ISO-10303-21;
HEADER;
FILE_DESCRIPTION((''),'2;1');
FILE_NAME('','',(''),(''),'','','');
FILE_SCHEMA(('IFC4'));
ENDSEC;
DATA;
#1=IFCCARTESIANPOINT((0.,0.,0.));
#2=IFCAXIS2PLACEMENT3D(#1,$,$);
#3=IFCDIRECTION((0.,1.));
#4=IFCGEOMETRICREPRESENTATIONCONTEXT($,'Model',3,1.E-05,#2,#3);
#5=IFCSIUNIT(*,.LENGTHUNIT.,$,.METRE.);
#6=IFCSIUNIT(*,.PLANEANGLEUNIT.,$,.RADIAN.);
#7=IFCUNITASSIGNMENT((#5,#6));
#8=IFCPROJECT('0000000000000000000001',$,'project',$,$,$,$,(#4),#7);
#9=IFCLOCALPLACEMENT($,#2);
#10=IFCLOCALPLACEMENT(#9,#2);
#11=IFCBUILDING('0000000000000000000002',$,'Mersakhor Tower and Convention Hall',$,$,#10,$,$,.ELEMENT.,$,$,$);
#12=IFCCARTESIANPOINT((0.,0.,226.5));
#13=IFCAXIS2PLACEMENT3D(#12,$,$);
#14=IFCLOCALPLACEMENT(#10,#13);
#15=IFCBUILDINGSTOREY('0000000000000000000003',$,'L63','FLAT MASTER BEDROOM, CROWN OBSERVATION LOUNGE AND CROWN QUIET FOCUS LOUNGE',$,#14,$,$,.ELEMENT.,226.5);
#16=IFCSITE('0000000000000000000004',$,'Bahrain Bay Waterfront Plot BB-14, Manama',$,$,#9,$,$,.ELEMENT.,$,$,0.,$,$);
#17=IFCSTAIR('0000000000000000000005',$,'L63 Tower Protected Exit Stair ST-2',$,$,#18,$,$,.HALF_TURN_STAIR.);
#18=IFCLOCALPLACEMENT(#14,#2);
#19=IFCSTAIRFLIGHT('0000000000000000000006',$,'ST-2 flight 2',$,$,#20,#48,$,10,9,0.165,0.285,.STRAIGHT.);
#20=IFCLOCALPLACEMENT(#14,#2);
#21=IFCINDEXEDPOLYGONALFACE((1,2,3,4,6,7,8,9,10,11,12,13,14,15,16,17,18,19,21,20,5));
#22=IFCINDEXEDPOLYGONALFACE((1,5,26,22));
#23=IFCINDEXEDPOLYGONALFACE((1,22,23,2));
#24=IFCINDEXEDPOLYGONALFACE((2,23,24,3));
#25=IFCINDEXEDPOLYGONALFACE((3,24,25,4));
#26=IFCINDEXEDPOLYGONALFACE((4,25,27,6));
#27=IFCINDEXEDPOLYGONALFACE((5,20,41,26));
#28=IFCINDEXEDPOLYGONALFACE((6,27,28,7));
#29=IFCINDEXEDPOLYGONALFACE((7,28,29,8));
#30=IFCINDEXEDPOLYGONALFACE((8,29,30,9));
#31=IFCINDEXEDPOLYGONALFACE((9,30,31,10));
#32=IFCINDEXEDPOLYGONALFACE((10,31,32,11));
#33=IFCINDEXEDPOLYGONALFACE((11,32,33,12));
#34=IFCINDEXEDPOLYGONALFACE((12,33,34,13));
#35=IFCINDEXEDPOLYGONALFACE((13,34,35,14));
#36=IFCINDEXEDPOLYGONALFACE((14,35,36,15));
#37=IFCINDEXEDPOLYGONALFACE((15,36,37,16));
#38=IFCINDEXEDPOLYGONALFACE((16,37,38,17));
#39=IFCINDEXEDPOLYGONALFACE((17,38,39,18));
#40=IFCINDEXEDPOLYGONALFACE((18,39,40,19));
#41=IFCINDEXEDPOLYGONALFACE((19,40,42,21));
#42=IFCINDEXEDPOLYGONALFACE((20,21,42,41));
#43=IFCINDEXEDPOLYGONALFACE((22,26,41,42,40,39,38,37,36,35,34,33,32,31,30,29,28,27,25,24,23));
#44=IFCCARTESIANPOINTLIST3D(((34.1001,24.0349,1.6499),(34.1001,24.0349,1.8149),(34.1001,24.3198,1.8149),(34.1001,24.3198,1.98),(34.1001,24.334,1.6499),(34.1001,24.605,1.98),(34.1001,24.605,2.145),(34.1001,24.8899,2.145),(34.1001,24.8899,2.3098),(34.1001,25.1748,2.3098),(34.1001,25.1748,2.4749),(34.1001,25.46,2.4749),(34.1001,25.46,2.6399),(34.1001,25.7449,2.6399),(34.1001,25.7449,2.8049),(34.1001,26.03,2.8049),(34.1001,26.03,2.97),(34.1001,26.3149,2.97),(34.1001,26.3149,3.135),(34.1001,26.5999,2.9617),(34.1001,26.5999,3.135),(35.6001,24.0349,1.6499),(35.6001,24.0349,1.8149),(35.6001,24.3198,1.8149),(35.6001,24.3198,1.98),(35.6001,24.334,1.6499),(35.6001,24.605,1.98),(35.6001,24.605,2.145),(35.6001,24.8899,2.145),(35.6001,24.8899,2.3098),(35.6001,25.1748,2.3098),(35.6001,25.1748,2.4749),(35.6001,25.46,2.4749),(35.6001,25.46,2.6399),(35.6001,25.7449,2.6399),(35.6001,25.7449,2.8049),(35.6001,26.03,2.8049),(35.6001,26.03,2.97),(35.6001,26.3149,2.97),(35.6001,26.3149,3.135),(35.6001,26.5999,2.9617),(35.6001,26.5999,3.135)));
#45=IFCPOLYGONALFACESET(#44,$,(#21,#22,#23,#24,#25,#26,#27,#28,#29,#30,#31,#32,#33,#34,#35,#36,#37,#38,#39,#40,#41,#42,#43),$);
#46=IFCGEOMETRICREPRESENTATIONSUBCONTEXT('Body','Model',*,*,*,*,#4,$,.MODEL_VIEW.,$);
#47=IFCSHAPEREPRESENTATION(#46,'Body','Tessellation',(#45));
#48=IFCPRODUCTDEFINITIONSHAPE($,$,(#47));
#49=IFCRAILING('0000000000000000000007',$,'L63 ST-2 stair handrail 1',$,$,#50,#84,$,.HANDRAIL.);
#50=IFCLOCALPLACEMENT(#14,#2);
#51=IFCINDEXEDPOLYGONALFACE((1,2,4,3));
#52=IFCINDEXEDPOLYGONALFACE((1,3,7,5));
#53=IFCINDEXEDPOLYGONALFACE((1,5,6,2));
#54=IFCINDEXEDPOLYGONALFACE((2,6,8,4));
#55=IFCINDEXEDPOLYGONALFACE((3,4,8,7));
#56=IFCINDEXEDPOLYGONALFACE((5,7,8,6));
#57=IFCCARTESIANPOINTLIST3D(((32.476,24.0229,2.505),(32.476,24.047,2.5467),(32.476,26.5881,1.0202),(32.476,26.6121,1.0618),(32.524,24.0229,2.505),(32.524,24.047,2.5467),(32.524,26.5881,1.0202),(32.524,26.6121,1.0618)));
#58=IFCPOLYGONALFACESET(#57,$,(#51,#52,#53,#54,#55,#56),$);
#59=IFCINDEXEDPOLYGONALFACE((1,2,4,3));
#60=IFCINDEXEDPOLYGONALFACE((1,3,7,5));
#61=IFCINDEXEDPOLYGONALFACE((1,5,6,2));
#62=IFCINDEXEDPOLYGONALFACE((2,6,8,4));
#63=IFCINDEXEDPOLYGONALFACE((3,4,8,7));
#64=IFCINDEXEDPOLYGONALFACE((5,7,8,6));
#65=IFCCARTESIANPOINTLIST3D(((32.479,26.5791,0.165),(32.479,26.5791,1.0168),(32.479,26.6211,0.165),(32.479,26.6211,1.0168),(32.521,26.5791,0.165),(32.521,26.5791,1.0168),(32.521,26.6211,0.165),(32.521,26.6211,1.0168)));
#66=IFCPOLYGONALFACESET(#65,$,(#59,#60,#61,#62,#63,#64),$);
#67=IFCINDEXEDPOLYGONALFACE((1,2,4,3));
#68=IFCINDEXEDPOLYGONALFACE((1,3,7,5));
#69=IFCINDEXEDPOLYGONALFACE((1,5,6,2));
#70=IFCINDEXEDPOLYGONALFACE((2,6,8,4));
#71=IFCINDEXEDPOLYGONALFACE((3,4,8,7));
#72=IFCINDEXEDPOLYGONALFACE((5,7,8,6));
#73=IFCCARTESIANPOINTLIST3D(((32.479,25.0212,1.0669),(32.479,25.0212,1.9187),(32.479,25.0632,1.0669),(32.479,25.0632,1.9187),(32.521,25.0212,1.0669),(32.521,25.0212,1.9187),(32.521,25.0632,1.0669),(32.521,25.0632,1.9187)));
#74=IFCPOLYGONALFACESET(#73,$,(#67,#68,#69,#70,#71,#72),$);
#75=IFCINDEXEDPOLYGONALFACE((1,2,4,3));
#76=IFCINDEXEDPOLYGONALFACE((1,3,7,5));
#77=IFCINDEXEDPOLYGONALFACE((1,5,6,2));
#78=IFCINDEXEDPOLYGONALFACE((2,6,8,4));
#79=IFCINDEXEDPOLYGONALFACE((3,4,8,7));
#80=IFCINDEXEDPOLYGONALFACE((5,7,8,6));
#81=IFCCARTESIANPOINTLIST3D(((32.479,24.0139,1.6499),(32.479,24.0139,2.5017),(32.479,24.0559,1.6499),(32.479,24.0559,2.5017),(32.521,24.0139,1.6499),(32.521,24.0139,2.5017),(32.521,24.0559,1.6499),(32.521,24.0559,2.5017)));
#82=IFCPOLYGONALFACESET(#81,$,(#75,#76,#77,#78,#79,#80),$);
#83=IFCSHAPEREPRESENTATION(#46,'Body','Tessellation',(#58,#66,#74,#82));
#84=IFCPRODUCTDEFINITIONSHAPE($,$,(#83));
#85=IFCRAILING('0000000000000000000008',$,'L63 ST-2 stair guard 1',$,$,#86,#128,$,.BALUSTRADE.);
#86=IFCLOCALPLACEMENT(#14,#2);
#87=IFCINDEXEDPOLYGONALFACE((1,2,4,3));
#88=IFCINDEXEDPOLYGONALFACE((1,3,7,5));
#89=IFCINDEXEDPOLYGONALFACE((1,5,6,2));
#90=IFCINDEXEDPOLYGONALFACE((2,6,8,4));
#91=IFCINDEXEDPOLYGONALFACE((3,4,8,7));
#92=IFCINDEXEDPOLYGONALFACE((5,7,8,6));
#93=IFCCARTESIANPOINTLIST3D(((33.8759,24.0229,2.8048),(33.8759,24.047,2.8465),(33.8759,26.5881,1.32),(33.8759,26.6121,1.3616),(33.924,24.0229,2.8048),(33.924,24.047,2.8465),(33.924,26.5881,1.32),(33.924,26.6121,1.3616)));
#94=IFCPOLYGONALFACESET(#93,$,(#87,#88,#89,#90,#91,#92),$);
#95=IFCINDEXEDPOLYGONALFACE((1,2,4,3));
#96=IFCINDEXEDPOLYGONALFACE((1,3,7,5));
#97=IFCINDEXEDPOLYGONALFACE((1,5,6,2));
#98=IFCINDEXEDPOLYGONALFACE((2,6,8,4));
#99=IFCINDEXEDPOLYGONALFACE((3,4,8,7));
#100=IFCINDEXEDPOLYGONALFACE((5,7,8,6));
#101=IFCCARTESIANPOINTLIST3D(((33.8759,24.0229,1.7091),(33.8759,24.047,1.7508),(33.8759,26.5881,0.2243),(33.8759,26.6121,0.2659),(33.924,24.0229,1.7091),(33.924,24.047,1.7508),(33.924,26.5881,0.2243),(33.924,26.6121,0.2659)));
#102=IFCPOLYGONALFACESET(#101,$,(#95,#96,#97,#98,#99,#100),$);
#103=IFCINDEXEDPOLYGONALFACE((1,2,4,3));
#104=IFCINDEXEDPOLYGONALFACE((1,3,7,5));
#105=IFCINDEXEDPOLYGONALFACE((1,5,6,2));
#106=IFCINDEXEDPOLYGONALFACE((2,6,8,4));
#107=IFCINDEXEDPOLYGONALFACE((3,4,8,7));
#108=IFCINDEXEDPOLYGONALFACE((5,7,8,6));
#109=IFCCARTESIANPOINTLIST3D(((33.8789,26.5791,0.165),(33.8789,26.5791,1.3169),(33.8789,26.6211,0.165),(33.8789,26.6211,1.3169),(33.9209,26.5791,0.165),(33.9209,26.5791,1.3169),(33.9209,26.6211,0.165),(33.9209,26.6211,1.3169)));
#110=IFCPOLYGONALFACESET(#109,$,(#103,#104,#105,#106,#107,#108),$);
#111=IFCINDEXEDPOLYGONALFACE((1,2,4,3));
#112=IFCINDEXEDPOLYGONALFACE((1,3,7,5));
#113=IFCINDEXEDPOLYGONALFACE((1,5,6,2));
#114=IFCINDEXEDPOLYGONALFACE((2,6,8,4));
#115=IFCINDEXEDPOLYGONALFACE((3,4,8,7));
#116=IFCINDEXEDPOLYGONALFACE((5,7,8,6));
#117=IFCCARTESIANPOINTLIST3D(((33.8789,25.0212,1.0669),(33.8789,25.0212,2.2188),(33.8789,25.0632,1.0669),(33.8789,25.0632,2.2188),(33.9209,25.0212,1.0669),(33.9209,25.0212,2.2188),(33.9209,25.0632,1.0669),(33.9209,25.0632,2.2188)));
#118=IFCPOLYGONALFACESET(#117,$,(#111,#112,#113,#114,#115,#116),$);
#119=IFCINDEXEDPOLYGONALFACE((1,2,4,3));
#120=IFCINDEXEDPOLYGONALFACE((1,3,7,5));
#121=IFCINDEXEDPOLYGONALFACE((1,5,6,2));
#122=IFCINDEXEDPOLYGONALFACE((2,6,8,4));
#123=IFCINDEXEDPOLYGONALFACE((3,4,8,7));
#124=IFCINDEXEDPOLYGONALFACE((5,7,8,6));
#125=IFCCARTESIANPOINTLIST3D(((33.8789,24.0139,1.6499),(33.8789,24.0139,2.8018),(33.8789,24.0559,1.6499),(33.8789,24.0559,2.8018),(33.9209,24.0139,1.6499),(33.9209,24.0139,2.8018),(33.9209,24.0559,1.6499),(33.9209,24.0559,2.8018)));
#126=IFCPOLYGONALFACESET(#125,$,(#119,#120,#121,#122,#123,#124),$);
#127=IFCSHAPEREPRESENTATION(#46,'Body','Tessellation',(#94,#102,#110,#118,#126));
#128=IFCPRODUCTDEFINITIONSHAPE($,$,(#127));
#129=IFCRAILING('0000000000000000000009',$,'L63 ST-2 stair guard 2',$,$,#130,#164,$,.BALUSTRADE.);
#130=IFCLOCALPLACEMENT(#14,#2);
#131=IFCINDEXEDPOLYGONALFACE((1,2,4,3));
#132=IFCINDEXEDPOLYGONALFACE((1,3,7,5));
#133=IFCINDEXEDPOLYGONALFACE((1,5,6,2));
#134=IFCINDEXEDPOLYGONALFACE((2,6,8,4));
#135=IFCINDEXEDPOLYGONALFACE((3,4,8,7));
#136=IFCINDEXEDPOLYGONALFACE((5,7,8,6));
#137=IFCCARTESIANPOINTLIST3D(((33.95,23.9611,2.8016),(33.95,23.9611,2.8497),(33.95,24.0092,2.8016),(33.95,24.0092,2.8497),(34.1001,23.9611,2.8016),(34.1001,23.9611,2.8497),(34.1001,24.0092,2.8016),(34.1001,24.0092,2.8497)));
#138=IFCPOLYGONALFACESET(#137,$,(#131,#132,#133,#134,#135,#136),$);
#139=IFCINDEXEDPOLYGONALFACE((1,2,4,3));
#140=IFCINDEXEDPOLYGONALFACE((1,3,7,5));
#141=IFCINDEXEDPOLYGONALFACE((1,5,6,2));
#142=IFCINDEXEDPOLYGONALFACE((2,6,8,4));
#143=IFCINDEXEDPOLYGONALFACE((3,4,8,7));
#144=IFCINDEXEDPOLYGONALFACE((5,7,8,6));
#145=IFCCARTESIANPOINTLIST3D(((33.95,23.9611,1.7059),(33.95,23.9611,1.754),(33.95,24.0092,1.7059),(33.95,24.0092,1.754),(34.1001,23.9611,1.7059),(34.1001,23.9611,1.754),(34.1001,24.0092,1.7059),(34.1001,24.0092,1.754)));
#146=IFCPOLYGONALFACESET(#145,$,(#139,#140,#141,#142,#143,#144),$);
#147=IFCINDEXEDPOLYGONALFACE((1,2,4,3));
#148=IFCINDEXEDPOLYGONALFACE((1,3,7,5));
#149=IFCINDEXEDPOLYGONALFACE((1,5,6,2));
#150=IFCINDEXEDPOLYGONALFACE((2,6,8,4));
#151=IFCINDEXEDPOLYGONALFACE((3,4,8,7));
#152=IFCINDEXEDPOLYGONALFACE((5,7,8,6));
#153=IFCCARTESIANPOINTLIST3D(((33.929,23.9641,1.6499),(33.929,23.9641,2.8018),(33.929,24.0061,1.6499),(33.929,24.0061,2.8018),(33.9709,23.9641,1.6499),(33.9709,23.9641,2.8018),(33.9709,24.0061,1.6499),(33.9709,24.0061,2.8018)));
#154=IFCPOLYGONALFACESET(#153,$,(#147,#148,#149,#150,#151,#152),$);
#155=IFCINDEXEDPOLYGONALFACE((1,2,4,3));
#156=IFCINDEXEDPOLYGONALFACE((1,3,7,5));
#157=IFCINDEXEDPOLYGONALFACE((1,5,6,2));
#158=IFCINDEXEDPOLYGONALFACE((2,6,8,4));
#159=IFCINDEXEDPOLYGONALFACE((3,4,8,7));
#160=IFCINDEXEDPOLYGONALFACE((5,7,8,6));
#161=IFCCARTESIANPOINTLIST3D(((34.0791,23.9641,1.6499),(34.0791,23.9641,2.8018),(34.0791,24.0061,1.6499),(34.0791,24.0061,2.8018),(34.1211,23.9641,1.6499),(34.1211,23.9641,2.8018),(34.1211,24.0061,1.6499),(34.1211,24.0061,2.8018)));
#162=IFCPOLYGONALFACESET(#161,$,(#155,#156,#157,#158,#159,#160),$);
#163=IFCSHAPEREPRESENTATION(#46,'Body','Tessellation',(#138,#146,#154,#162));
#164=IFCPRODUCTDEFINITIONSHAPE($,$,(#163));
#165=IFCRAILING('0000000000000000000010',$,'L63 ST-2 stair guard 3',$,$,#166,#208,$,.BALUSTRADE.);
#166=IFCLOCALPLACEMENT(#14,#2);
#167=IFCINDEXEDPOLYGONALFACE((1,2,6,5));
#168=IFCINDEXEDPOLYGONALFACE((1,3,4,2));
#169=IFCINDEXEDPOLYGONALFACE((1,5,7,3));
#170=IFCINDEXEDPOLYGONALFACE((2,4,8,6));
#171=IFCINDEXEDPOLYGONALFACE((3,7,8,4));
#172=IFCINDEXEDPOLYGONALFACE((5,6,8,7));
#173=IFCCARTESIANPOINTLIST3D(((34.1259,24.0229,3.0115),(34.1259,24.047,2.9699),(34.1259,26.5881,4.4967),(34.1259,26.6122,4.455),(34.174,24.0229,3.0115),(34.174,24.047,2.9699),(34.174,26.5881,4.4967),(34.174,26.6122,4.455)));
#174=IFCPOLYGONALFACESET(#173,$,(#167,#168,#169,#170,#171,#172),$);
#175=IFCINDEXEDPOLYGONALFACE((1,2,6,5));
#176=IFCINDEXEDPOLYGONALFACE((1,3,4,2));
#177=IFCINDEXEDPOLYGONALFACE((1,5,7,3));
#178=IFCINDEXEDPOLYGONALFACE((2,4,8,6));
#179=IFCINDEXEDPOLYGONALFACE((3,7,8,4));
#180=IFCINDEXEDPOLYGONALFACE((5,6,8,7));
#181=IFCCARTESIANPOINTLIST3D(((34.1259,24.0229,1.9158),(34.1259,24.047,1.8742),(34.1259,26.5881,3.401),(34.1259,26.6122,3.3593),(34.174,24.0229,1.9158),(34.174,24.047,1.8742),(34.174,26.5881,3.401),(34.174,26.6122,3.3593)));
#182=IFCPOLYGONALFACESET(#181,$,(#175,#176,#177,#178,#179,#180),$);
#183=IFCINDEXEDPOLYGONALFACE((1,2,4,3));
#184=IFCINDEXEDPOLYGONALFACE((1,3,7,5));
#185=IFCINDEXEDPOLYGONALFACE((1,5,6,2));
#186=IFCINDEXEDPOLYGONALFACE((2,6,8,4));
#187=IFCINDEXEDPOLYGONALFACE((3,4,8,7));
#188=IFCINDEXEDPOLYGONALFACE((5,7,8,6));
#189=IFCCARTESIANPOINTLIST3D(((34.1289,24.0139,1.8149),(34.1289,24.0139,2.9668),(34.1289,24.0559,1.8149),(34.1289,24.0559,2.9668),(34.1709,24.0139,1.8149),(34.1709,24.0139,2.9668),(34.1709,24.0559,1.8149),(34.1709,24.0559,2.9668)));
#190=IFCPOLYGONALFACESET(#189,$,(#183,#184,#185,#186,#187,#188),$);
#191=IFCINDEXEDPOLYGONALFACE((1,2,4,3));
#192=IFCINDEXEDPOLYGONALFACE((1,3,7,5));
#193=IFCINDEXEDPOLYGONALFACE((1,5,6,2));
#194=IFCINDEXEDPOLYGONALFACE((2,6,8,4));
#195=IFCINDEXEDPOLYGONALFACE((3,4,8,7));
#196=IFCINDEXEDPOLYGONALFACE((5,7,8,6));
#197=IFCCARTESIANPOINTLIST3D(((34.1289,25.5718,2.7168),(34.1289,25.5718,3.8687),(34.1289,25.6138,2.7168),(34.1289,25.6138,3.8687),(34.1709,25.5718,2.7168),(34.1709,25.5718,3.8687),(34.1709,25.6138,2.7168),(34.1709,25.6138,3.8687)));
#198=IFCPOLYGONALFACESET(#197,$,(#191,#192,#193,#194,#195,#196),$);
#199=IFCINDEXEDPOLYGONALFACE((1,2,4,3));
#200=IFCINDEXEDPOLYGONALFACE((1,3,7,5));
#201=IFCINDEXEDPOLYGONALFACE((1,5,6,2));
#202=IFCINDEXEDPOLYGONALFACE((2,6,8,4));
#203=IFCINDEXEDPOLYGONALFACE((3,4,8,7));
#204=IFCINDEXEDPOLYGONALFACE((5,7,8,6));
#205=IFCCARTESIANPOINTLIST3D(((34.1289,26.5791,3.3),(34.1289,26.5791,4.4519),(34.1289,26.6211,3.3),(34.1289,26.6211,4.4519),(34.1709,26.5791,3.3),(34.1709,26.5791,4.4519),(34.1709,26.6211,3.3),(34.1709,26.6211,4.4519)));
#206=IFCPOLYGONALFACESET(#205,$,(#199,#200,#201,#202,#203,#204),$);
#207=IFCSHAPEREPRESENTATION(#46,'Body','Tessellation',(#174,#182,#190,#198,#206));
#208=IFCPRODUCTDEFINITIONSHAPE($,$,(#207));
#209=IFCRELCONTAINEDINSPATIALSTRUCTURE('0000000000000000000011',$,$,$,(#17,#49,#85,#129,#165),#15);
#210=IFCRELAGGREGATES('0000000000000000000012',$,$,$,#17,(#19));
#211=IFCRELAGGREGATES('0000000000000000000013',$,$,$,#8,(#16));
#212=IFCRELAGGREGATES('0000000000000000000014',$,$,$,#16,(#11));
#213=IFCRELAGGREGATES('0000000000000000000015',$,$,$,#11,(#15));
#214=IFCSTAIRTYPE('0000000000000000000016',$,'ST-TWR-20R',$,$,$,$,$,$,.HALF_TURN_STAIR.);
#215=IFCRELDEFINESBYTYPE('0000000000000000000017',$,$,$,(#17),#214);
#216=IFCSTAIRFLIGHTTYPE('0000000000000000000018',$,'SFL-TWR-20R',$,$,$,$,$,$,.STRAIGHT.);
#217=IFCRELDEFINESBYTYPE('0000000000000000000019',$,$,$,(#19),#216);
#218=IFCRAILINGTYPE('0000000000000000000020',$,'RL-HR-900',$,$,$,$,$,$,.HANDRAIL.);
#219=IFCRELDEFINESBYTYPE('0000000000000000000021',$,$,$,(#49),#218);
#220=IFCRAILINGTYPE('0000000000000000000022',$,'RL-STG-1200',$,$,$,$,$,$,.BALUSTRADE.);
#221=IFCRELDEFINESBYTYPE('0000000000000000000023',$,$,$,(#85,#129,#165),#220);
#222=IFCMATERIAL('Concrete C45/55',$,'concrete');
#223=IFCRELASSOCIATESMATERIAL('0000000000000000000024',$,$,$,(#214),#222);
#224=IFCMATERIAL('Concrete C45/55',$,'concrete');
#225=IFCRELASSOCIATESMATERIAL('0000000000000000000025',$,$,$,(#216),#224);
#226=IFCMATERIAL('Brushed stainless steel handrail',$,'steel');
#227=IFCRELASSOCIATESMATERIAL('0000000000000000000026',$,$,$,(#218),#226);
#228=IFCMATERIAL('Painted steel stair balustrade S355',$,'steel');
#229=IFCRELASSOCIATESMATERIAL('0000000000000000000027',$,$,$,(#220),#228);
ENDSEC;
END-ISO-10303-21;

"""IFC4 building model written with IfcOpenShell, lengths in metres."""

from ifc_helpers import new_model, si_unit, direction, frame, origin, origin_2d, place, context, subcontext, project, spatial, polyline, rectangle, outline, extrude, material, type_object, element, aggregate, save


model = new_model("IFC4")

# Units and contexts
model_context = context("Model", 3, precision=1e-05, world=origin(), true_north=direction((0.0, 1.0)))
body_context = subcontext(model_context, "Body", "Model", "MODEL_VIEW")
ifc_project = project(units=[si_unit("LENGTHUNIT", "METRE"), si_unit("PLANEANGLEUNIT", "RADIAN")], contexts=[model_context])

# Site, building, storey
site_placement = place(None, origin())
site = spatial("IfcSite", under=ifc_project, at=site_placement, Name="Bahrain Bay Waterfront Plot BB-14, Manama", CompositionType="ELEMENT", RefElevation=0.0)
building_placement = place(site_placement, origin())
building = spatial("IfcBuilding", under=site, at=building_placement, Name="Mersakhor Tower and Convention Hall", CompositionType="ELEMENT")
storey_placement = place(building_placement, frame((0.0, 0.0, 226.5)))
storey = spatial("IfcBuildingStorey", under=building, at=storey_placement, Name="L63", Description="FLAT MASTER BEDROOM, CROWN OBSERVATION LOUNGE AND CROWN QUIET FOCUS LOUNGE", CompositionType="ELEMENT", Elevation=226.5)

# Stair, stair flight
ifc_material_1 = material(Name="Concrete C45/55", Category="concrete")
stair_type = type_object("IfcStairType", Name="ST-TWR-20R", PredefinedType="HALF_TURN_STAIR", material=ifc_material_1)
stair_placement = place(storey_placement, origin())
stair = element("IfcStair", 1, at=stair_placement, inside=storey, type_object=stair_type, Name="L63 Tower Protected Exit Stair ST-2", PredefinedType="HALF_TURN_STAIR")
ifc_material_2 = material(Name="Concrete C45/55", Category="concrete")
stair_flight_type = type_object("IfcStairFlightType", Name="SFL-TWR-20R", PredefinedType="STRAIGHT", material=ifc_material_2)
stair_flight_1_placement = place(storey_placement, frame((34.8501, 24.0349, 1.6499), z_axis=(0.0, 0.0, 1.0), x_axis=(0.0, 1.0, 0.0)))
stair_flight_1 = element("IfcStairFlight", 2, at=stair_flight_1_placement, type_object=stair_flight_type, Name="ST-2 flight 2", NumberOfRisers=10, NumberOfTreads=9, PredefinedType="STRAIGHT", RiserHeight=0.165, TreadLength=0.285, context=body_context, shape_type="SweptSolid", body=[
    extrude(outline(polyline([(0.0, 0.0), (0.0, 0.165), (0.2849, 0.165), (0.2849, 0.3301), (0.5701, 0.3301), (0.5701, 0.4951), (0.855, 0.4951), (0.855, 0.6599), (1.1399, 0.6599), (1.1399, 0.825), (1.425, 0.825), (1.425, 0.99), (1.71, 0.99), (1.71, 1.155), (1.9951, 1.155), (1.9951, 1.3201), (2.28, 1.3201), (2.28, 1.4851), (2.5649, 1.4851), (2.5649, 1.6499), (2.5649, 1.3118), (0.2991, 0.0), (0.0, 0.0)])), frame((0.0, 0.75, 0.0), z_axis=(0.0, -1.0, 0.0), x_axis=(1.0, 0.0, 0.0)), (0.0, 0.0, 1.0), 1.5),
])
aggregate(stair, [stair_flight_1])

# Railings
ifc_material_3 = material(Name="Brushed stainless steel handrail", Category="steel")
railing_type_1 = type_object("IfcRailingType", Name="RL-HR-900", PredefinedType="HANDRAIL", material=ifc_material_3)
railing_1_placement = place(storey_placement, frame((32.5, 26.6001, 0.165)))
element("IfcRailing", 3, at=railing_1_placement, inside=storey, type_object=railing_type_1, Name="L63 ST-2 stair handrail 1", PredefinedType="HANDRAIL", context=body_context, shape_type="SweptSolid", body=[
    extrude(rectangle(XDim=0.0481, YDim=0.0481, at=origin_2d()), frame((0.0, 0.0, 0.876), z_axis=(0.0, -0.865462, 0.500975), x_axis=(1.0, 0.0, 0.0)), (0.0, 0.0, 1.0), 2.9639),
    extrude(rectangle(XDim=0.042, YDim=0.042, at=origin_2d()), origin(), (0.0, 0.0, 1.0), 0.8518),
    extrude(rectangle(XDim=0.042, YDim=0.042, at=origin_2d()), frame((0.0, -1.5579, 0.9019)), (0.0, 0.0, 1.0), 0.8518),
    extrude(rectangle(XDim=0.042, YDim=0.042, at=origin_2d()), frame((0.0, -2.5652, 1.4849)), (0.0, 0.0, 1.0), 0.8518),
])
ifc_material_4 = material(Name="Painted steel stair balustrade S355", Category="steel")
railing_type_2 = type_object("IfcRailingType", Name="RL-STG-1200", PredefinedType="BALUSTRADE", material=ifc_material_4)
railing_2_placement = place(storey_placement, frame((33.8999, 26.6001, 0.165)))
element("IfcRailing", 4, at=railing_2_placement, inside=storey, type_object=railing_type_2, Name="L63 ST-2 stair guard 1", PredefinedType="BALUSTRADE", context=body_context, shape_type="SweptSolid", body=[
    extrude(rectangle(XDim=0.0481, YDim=0.0481, at=origin_2d()), frame((0.0, 0.0, 1.1758), z_axis=(0.0, -0.865462, 0.500975), x_axis=(1.0, 0.0, 0.0)), (0.0, 0.0, 1.0), 2.9639),
    extrude(rectangle(XDim=0.0481, YDim=0.0481, at=origin_2d()), frame((0.0, 0.0, 0.0801), z_axis=(0.0, -0.865462, 0.500975), x_axis=(1.0, 0.0, 0.0)), (0.0, 0.0, 1.0), 2.9639),
    extrude(rectangle(XDim=0.042, YDim=0.042, at=origin_2d()), origin(), (0.0, 0.0, 1.0), 1.1519),
    extrude(rectangle(XDim=0.042, YDim=0.042, at=origin_2d()), frame((0.0, -1.5579, 0.9019)), (0.0, 0.0, 1.0), 1.1519),
    extrude(rectangle(XDim=0.042, YDim=0.042, at=origin_2d()), frame((0.0, -2.5652, 1.4849)), (0.0, 0.0, 1.0), 1.1519),
])
railing_3_placement = place(storey_placement, frame((33.95, 23.9851, 1.6499)))
element("IfcRailing", 5, at=railing_3_placement, inside=storey, type_object=railing_type_2, Name="L63 ST-2 stair guard 2", PredefinedType="BALUSTRADE", context=body_context, shape_type="SweptSolid", body=[
    extrude(rectangle(XDim=0.0481, YDim=0.0481, at=origin_2d()), frame((0.0, 0.0, 1.1758), z_axis=(1.0, 0.0, 0.0), x_axis=(0.0, 1.0, 0.0)), (0.0, 0.0, 1.0), 0.1501),
    extrude(rectangle(XDim=0.0481, YDim=0.0481, at=origin_2d()), frame((0.0, 0.0, 0.0801), z_axis=(1.0, 0.0, 0.0), x_axis=(0.0, 1.0, 0.0)), (0.0, 0.0, 1.0), 0.1501),
    extrude(rectangle(XDim=0.042, YDim=0.042, at=origin_2d()), origin(), (0.0, 0.0, 1.0), 1.1519),
    extrude(rectangle(XDim=0.042, YDim=0.042, at=origin_2d()), frame((0.1501, 0.0, 0.0)), (0.0, 0.0, 1.0), 1.1519),
])
railing_4_placement = place(storey_placement, frame((34.1499, 24.0349, 1.8149)))
element("IfcRailing", 6, at=railing_4_placement, inside=storey, type_object=railing_type_2, Name="L63 ST-2 stair guard 3", PredefinedType="BALUSTRADE", context=body_context, shape_type="SweptSolid", body=[
    extrude(rectangle(XDim=0.0481, YDim=0.0481, at=origin_2d()), frame((0.0, 0.0, 1.1758), z_axis=(0.0, 0.865426, 0.501036), x_axis=(-1.0, 0.0, 0.0)), (0.0, 0.0, 1.0), 2.9641),
    extrude(rectangle(XDim=0.0481, YDim=0.0481, at=origin_2d()), frame((0.0, 0.0, 0.0801), z_axis=(0.0, 0.865426, 0.501036), x_axis=(-1.0, 0.0, 0.0)), (0.0, 0.0, 1.0), 2.9641),
    extrude(rectangle(XDim=0.042, YDim=0.042, at=origin_2d()), origin(), (0.0, 0.0, 1.0), 1.1519),
    extrude(rectangle(XDim=0.042, YDim=0.042, at=origin_2d()), frame((0.0, 1.5579, 0.9019)), (0.0, 0.0, 1.0), 1.1519),
    extrude(rectangle(XDim=0.042, YDim=0.042, at=origin_2d()), frame((0.0, 2.5652, 1.4851)), (0.0, 0.0, 1.0), 1.1519),
])

save(model, "model.ifc")
